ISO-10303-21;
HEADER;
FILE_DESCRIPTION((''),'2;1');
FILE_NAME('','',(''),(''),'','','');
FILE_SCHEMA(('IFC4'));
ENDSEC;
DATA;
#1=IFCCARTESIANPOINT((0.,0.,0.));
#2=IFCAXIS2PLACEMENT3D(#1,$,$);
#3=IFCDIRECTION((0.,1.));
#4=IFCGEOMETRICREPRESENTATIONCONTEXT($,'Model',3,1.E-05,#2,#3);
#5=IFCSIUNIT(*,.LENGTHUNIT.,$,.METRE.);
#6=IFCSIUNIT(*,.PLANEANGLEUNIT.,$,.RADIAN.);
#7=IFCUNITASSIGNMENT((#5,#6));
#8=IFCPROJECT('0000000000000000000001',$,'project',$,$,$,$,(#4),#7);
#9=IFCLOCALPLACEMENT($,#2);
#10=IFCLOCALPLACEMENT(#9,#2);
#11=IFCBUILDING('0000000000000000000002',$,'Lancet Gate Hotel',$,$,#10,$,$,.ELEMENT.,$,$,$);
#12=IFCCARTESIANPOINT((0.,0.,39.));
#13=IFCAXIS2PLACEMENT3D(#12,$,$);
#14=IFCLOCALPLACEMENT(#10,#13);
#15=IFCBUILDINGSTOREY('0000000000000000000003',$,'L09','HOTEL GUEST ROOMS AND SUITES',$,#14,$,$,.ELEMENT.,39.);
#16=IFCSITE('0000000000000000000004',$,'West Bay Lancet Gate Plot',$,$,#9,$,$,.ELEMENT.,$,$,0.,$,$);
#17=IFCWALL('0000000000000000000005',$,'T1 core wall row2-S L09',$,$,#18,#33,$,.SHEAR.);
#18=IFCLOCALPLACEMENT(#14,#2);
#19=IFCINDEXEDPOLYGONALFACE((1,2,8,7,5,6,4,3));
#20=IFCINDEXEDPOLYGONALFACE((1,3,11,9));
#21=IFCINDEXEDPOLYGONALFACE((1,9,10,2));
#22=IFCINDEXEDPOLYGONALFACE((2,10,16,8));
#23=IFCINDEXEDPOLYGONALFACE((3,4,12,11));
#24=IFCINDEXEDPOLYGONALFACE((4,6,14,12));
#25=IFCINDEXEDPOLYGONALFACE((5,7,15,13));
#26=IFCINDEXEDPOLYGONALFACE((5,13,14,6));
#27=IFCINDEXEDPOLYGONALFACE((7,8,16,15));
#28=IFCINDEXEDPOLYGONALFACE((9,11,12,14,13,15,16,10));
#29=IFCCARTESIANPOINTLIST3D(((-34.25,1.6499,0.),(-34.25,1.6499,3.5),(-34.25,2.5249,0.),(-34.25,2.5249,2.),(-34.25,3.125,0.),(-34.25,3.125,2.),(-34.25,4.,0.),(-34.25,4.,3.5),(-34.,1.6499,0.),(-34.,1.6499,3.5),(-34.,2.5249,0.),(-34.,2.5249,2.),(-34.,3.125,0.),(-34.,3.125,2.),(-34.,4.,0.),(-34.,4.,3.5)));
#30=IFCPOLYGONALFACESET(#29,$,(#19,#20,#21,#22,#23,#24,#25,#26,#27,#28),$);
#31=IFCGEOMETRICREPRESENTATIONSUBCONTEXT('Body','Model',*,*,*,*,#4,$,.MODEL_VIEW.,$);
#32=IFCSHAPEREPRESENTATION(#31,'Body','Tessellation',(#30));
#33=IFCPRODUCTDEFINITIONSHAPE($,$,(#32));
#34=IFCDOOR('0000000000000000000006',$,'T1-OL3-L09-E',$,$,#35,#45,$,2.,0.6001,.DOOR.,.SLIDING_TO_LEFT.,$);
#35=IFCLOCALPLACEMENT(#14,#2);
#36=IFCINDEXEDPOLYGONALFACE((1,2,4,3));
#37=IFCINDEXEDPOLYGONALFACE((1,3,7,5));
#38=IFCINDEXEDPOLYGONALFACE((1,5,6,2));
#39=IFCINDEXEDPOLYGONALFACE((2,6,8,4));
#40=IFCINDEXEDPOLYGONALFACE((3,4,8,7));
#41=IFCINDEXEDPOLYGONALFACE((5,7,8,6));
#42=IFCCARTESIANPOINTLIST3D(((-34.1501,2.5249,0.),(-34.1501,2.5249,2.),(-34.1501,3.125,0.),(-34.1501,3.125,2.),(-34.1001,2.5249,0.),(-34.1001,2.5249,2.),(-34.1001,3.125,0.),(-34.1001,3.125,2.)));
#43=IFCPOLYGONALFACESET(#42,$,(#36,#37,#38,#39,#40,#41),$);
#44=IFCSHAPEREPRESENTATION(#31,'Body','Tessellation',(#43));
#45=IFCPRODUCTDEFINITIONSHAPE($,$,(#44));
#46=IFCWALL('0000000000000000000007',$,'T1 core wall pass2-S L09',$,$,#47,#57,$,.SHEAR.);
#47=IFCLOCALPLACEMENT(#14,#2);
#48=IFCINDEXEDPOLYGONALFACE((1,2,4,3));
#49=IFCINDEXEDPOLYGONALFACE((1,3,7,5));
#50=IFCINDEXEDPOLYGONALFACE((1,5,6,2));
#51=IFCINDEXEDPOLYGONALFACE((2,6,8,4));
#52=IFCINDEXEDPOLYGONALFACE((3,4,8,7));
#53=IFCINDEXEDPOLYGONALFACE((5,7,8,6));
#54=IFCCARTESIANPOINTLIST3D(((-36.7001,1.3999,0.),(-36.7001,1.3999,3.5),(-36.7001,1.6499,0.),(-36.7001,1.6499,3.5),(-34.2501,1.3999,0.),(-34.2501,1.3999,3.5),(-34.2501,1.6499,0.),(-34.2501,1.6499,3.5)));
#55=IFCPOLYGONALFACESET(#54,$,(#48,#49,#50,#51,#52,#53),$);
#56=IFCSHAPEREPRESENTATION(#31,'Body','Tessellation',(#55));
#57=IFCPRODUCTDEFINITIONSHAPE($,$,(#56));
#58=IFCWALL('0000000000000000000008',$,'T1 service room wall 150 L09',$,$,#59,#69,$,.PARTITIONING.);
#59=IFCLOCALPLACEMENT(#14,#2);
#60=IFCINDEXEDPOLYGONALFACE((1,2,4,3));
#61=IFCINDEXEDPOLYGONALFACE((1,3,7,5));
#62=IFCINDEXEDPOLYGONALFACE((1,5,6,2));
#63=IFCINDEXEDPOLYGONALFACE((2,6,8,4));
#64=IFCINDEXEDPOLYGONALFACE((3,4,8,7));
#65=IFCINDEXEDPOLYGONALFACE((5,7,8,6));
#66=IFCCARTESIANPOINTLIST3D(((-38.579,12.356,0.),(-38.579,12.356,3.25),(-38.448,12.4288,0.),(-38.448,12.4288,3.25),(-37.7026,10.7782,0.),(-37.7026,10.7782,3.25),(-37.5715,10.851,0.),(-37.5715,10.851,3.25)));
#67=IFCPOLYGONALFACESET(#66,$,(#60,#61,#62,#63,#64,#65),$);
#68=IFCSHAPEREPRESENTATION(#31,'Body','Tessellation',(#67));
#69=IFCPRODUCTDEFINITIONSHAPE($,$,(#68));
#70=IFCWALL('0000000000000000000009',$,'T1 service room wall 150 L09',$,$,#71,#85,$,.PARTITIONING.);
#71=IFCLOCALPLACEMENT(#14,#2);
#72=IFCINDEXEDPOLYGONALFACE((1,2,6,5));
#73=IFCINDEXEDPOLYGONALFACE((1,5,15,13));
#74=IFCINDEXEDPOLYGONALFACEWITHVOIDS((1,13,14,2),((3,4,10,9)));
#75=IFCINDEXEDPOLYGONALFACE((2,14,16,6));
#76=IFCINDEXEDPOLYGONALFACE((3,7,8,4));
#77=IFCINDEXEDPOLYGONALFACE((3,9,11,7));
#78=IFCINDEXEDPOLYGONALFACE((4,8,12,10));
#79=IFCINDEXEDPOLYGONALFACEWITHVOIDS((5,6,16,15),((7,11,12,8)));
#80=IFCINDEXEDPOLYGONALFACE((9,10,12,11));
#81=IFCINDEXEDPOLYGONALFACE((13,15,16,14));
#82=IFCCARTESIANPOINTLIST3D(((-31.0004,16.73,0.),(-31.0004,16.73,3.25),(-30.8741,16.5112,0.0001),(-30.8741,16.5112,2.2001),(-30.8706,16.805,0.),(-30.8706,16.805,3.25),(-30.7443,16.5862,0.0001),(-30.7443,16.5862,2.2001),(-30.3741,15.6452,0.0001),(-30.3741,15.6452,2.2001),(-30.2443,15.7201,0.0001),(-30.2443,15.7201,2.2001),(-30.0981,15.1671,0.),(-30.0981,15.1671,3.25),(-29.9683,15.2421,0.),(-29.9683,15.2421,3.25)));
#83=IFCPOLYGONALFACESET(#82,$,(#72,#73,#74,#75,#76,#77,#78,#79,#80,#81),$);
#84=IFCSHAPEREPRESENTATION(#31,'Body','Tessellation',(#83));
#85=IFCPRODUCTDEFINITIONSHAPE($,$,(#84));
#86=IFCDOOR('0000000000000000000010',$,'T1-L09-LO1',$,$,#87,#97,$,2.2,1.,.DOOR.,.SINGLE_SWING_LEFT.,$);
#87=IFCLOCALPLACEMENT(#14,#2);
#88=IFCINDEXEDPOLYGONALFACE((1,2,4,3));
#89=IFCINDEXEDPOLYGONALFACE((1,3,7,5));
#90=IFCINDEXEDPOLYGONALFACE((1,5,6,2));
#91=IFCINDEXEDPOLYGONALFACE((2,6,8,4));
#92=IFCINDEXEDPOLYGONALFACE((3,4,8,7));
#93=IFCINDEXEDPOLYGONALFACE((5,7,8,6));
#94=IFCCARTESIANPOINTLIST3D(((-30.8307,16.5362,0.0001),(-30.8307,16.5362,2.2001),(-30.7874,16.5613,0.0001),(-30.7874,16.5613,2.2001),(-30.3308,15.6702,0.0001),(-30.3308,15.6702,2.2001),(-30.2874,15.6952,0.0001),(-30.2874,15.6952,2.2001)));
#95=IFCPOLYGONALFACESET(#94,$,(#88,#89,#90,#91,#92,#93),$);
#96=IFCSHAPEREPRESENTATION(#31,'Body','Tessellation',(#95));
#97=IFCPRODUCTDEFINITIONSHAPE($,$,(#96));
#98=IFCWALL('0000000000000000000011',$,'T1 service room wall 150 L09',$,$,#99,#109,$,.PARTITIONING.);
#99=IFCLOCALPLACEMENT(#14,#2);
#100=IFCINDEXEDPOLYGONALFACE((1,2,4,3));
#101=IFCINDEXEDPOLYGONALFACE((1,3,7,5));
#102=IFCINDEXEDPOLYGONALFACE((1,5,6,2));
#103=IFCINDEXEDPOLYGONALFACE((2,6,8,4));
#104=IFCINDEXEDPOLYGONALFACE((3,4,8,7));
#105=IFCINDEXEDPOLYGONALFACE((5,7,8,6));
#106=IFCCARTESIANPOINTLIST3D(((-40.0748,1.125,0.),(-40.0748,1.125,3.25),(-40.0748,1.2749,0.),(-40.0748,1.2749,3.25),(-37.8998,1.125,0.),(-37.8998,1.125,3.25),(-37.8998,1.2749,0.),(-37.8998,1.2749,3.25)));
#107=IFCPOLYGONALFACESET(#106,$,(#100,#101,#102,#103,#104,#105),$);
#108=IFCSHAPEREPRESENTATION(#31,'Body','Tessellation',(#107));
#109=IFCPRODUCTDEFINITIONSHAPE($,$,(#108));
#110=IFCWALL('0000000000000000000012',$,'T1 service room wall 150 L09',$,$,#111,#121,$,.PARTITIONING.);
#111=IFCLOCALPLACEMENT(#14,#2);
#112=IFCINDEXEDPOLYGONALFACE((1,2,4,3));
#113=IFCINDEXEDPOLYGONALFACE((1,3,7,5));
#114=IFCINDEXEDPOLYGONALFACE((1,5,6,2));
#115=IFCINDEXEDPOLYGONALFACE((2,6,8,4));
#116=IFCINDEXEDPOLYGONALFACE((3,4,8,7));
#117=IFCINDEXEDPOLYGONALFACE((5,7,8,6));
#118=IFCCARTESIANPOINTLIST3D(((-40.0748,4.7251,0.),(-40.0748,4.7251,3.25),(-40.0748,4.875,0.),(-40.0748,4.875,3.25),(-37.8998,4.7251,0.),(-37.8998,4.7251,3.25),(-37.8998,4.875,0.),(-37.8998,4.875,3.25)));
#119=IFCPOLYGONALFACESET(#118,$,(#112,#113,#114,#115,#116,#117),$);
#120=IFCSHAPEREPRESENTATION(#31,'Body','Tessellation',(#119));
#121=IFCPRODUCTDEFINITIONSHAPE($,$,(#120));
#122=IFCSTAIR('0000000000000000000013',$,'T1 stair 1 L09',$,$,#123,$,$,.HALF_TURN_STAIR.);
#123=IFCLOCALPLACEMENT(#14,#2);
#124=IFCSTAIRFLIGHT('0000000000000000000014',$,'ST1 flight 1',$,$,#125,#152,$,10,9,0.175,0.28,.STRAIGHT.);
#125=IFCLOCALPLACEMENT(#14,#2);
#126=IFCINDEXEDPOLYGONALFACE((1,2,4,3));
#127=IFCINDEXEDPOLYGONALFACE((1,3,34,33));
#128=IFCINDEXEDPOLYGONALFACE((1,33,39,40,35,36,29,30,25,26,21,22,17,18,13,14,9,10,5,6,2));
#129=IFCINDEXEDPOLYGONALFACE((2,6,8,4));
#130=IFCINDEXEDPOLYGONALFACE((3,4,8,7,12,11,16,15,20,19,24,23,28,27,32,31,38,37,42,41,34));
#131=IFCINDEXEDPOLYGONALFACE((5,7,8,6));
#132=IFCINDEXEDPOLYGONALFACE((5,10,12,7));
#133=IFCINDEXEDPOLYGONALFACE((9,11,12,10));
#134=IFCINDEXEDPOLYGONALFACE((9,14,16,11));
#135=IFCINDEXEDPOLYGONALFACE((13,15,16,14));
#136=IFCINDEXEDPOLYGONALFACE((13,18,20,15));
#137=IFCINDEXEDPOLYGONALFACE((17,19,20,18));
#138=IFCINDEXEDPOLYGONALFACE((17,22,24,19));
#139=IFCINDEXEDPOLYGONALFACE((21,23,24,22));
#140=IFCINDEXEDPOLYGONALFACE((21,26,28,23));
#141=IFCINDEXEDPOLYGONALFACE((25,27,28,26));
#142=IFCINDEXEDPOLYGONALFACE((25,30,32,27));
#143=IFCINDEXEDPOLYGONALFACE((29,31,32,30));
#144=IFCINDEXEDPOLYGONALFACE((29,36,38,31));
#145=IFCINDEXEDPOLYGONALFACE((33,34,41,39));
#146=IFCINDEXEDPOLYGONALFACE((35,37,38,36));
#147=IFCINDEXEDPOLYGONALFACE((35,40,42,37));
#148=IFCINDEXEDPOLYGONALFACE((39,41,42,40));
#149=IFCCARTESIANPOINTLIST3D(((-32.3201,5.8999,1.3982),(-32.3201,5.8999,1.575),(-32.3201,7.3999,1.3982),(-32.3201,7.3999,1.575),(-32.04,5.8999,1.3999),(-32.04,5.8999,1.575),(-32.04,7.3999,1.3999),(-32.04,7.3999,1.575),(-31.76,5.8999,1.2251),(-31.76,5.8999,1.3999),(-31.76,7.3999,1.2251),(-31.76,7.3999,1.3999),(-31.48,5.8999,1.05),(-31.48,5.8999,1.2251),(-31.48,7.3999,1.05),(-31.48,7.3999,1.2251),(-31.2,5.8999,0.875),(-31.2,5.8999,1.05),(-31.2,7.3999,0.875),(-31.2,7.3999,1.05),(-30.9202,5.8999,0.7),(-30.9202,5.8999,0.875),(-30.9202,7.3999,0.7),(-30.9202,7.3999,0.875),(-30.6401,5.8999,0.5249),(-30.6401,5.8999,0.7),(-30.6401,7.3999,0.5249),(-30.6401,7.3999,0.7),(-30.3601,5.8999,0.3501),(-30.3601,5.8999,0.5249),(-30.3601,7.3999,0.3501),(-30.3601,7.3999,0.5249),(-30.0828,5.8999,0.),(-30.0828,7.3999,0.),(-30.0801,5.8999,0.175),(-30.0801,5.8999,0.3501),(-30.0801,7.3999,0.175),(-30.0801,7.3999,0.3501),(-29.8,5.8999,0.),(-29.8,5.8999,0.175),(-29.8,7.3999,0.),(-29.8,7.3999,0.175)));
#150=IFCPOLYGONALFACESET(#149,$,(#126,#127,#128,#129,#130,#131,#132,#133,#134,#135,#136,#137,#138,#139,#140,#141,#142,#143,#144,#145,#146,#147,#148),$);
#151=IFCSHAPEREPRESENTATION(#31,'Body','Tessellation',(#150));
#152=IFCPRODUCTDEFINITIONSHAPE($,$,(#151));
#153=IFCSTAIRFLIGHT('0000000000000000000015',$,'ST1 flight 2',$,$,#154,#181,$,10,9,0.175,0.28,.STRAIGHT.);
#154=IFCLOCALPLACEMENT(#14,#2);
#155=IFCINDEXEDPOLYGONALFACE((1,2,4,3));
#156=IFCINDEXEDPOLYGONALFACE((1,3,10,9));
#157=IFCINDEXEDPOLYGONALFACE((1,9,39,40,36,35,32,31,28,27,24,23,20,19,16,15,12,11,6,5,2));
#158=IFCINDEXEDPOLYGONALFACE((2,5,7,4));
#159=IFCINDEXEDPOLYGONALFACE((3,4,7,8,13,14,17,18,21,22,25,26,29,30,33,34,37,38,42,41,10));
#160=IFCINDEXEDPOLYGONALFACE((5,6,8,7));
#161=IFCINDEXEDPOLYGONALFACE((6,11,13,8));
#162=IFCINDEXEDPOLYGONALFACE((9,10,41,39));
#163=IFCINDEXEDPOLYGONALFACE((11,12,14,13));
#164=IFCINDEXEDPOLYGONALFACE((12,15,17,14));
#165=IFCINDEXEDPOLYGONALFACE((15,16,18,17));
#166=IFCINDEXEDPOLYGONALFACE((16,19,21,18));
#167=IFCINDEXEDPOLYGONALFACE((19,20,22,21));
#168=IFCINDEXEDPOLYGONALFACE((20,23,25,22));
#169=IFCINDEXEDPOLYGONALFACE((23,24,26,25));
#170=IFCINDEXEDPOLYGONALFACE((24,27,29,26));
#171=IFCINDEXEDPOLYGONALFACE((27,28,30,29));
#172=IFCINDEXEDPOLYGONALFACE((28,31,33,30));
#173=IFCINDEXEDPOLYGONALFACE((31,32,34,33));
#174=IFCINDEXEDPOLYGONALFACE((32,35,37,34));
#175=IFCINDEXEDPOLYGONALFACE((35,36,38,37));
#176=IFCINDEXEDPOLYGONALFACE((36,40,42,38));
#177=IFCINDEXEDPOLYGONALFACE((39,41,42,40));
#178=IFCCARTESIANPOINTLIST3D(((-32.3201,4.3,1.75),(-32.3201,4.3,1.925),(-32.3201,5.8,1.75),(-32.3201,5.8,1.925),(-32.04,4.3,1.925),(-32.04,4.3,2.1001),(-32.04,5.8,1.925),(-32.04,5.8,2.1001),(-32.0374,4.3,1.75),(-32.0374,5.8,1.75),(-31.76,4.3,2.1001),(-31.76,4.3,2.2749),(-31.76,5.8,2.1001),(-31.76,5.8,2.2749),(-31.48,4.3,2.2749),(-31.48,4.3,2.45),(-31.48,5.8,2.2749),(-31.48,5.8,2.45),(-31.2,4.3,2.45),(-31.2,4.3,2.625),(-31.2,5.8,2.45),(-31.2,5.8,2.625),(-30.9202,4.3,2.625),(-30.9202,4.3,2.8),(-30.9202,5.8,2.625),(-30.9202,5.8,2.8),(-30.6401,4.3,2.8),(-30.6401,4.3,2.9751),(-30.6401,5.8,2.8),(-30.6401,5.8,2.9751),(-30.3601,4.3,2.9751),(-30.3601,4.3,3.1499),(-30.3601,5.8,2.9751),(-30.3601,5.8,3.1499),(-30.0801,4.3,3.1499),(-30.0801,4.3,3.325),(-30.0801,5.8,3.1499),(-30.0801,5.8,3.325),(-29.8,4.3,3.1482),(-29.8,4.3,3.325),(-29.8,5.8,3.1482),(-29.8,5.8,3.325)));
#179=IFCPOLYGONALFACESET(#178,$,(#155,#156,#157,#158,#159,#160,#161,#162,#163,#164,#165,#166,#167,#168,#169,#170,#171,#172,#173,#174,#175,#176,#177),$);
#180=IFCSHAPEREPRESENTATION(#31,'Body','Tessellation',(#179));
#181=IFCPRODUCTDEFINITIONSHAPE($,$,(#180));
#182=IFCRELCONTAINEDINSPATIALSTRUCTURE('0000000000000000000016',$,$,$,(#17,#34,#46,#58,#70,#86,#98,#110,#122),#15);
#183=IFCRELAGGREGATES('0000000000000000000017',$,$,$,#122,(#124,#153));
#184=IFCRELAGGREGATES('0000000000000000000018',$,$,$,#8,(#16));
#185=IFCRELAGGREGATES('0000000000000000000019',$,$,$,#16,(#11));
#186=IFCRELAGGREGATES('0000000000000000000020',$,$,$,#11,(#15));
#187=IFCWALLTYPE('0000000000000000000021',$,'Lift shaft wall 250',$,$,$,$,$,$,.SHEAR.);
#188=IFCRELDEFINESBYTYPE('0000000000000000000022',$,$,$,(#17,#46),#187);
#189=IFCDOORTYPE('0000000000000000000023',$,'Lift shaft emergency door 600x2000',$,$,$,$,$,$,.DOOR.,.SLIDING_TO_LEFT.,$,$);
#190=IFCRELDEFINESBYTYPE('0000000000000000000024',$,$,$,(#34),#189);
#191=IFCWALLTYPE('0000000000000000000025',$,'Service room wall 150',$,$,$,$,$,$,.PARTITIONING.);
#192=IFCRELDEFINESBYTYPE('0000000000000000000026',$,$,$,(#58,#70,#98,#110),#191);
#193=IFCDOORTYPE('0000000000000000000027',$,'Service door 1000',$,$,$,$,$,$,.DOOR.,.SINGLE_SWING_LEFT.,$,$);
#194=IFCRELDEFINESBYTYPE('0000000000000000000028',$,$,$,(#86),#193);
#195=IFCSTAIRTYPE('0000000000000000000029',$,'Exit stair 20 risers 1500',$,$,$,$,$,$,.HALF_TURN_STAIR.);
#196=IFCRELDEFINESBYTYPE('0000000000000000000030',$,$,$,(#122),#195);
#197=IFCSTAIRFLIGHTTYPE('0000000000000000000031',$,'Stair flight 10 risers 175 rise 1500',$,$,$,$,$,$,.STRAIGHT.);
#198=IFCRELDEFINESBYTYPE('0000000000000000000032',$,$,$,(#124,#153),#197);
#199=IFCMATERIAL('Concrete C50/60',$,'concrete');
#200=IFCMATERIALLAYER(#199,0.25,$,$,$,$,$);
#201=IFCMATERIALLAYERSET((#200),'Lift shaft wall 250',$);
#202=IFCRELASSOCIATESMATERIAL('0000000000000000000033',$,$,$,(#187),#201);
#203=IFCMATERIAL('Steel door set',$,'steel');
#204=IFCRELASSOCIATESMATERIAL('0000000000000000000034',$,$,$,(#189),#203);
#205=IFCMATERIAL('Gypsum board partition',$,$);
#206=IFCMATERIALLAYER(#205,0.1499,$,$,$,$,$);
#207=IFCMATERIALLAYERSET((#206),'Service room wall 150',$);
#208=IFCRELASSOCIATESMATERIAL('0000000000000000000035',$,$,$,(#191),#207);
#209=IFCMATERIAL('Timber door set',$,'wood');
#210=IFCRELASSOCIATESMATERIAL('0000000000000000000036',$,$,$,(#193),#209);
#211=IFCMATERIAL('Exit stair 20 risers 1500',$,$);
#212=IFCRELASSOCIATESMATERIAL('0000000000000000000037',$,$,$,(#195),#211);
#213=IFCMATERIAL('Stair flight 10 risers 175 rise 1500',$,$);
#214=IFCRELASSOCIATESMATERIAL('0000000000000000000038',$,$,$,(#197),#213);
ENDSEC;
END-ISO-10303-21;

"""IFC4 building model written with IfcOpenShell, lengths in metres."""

from ifc_helpers import new_model, si_unit, direction, frame, frame_2d, origin, place, context, subcontext, project, spatial, polyline, rectangle, outline, extrude, material, layer, layer_set, type_object, element, fill, aggregate, save


model = new_model("IFC4")

# Units and contexts
model_context = context("Model", 3, precision=1e-05, world=origin(), true_north=direction((0.0, 1.0)))
body_context = subcontext(model_context, "Body", "Model", "MODEL_VIEW")
ifc_project = project(units=[si_unit("LENGTHUNIT", "METRE"), si_unit("PLANEANGLEUNIT", "RADIAN")], contexts=[model_context])

# Site, building, storey
site_placement = place(None, origin())
site = spatial("IfcSite", under=ifc_project, at=site_placement, Name="West Bay Lancet Gate Plot", CompositionType="ELEMENT", RefElevation=0.0)
building_placement = place(site_placement, origin())
building = spatial("IfcBuilding", under=site, at=building_placement, Name="Lancet Gate Hotel", CompositionType="ELEMENT")
storey_placement = place(building_placement, frame((0.0, 0.0, 39.0)))
storey = spatial("IfcBuildingStorey", under=building, at=storey_placement, Name="L09", Description="HOTEL GUEST ROOMS AND SUITES", CompositionType="ELEMENT", Elevation=39.0)

# Wall, opening, door
ifc_material_1 = material(Name="Concrete C50/60", Category="concrete")
ifc_layer_1 = layer(ifc_material_1, 0.25)
ifc_layer_set_1 = layer_set([ifc_layer_1], Name="Lift shaft wall 250")
wall_type_1 = type_object("IfcWallType", Name="Lift shaft wall 250", PredefinedType="SHEAR", material=ifc_layer_set_1)
wall_1_placement = place(storey_placement, frame((-34.125, 4.0, 0.0), z_axis=(0.0, 0.0, 1.0), x_axis=(0.0, -1.0, 0.0)))
wall_1 = element("IfcWall", 1, at=wall_1_placement, inside=storey, type_object=wall_type_1, Name="T1 core wall row2-S L09", PredefinedType="SHEAR", context=body_context, shape_type="SweptSolid", body=[
    extrude(rectangle(XDim=2.3501, YDim=0.25, at=frame_2d((1.175, 0.0))), origin(), (0.0, 0.0, 1.0), 3.5),
])
opening_1_placement = place(wall_1_placement, frame((0.875, 0.0, 0.0)))
opening_1 = element("IfcOpeningElement", 2, at=opening_1_placement, cuts=wall_1, PredefinedType="OPENING", context=body_context, shape_type="SweptSolid", body=[
    extrude(rectangle(XDim=0.6001, YDim=2.0, at=frame_2d((0.3, 1.0))), frame((0.0, 0.135, 0.0), z_axis=(0.0, -1.0, 0.0), x_axis=(1.0, 0.0, 0.0)), (0.0, 0.0, 1.0), 0.27),
])
ifc_material_2 = material(Name="Steel door set", Category="steel")
door_type_1 = type_object("IfcDoorType", Name="Lift shaft emergency door 600x2000", OperationType="SLIDING_TO_LEFT", PredefinedType="DOOR", material=ifc_material_2)
door_1_placement = place(opening_1_placement, origin())
door_1 = element("IfcDoor", 3, at=door_1_placement, inside=storey, type_object=door_type_1, Name="T1-OL3-L09-E", OperationType="SLIDING_TO_LEFT", OverallHeight=2.0, OverallWidth=0.6001, PredefinedType="DOOR", context=body_context, shape_type="SweptSolid", body=[
    extrude(rectangle(XDim=0.6001, YDim=2.0, at=frame_2d((0.3, 1.0))), frame((0.0, 0.0249, 0.0), z_axis=(0.0, -1.0, 0.0), x_axis=(1.0, 0.0, 0.0)), (0.0, 0.0, 1.0), 0.05),
])
fill(opening_1, door_1)

# Walls
wall_2_placement = place(storey_placement, frame((-34.25, 1.5249, 0.0), z_axis=(0.0, 0.0, 1.0), x_axis=(-1.0, 0.0, 0.0)))
element("IfcWall", 4, at=wall_2_placement, inside=storey, type_object=wall_type_1, Name="T1 core wall pass2-S L09", PredefinedType="SHEAR", context=body_context, shape_type="SweptSolid", body=[
    extrude(rectangle(XDim=2.45, YDim=0.25, at=frame_2d((1.2251, 0.0))), origin(), (0.0, 0.0, 1.0), 3.5),
])
ifc_material_3 = material(Name="Gypsum board partition")
ifc_layer_2 = layer(ifc_material_3, 0.1499)
ifc_layer_set_2 = layer_set([ifc_layer_2], Name="Service room wall 150")
wall_type_2 = type_object("IfcWallType", Name="Service room wall 150", PredefinedType="PARTITIONING", material=ifc_layer_set_2)
wall_3_placement = place(storey_placement, frame((-38.5134, 12.3923, 0.0), z_axis=(0.0, 0.0, 1.0), x_axis=(0.485586, -0.874189, 0.0)))
element("IfcWall", 5, at=wall_3_placement, inside=storey, type_object=wall_type_2, Name="T1 service room wall 150 L09", PredefinedType="PARTITIONING", context=body_context, shape_type="SweptSolid", body=[
    extrude(rectangle(XDim=1.8049, YDim=0.1499, at=frame_2d((0.9023, 0.0))), origin(), (0.0, 0.0, 1.0), 3.25),
])

# Wall, opening, door
wall_4_placement = place(storey_placement, frame((-30.0332, 15.2046, 0.0), z_axis=(0.0, 0.0, 1.0), x_axis=(-0.49998, 0.866037, 0.0)))
wall_4 = element("IfcWall", 6, at=wall_4_placement, inside=storey, type_object=wall_type_2, Name="T1 service room wall 150 L09", PredefinedType="PARTITIONING", context=body_context, shape_type="SweptSolid", body=[
    extrude(rectangle(XDim=1.8047, YDim=0.1499, at=frame_2d((0.9023, 0.0))), origin(), (0.0, 0.0, 1.0), 3.25),
])
opening_2_placement = place(wall_4_placement, frame((0.552, 0.0, 0.0)))
opening_2 = element("IfcOpeningElement", 7, at=opening_2_placement, cuts=wall_4, PredefinedType="OPENING", context=body_context, shape_type="SweptSolid", body=[
    extrude(rectangle(XDim=1.0, YDim=2.2, at=frame_2d((0.5, 1.1001))), frame((0.0, 0.085, 0.0), z_axis=(0.0, -1.0, 0.0), x_axis=(1.0, 0.0, 0.0)), (0.0, 0.0, 1.0), 0.1699),
])
ifc_material_4 = material(Name="Timber door set", Category="wood")
door_type_2 = type_object("IfcDoorType", Name="Service door 1000", OperationType="SINGLE_SWING_LEFT", PredefinedType="DOOR", material=ifc_material_4)
door_2_placement = place(opening_2_placement, origin())
door_2 = element("IfcDoor", 8, at=door_2_placement, inside=storey, type_object=door_type_2, Name="T1-L09-LO1", OperationType="SINGLE_SWING_LEFT", OverallHeight=2.2, OverallWidth=1.0, PredefinedType="DOOR", context=body_context, shape_type="SweptSolid", body=[
    extrude(rectangle(XDim=1.0, YDim=2.2, at=frame_2d((0.5, 1.1001))), frame((0.0, 0.0249, 0.0), z_axis=(0.0, -1.0, 0.0), x_axis=(1.0, 0.0, 0.0)), (0.0, 0.0, 1.0), 0.05),
])
fill(opening_2, door_2)

# Walls
for number, where, z_axis, x_axis, name in (
    (9, (-37.8999, 1.2, 0.0), (0.0, 0.0, 1.0), (-1.0, 0.0, 0.0), "T1 service room wall 150 L09"),
    (10, (-37.8999, 4.8, 0.0), (0.0, 0.0, 1.0), (-1.0, 0.0, 0.0), "T1 service room wall 150 L09"),
):
    element("IfcWall", number, at=place(storey_placement, frame(where, z_axis=z_axis, x_axis=x_axis)), inside=storey, type_object=wall_type_2, Name=name, PredefinedType="PARTITIONING", context=body_context, shape_type="SweptSolid", body=[
        extrude(rectangle(XDim=2.175, YDim=0.1499, at=frame_2d((1.0874, 0.0))), origin(), (0.0, 0.0, 1.0), 3.25),
    ])

# Stair, stair flights
ifc_material_5 = material(Name="Exit stair 20 risers 1500")
stair_type = type_object("IfcStairType", Name="Exit stair 20 risers 1500", PredefinedType="HALF_TURN_STAIR", material=ifc_material_5)
stair_placement = place(storey_placement, origin())
stair = element("IfcStair", 11, at=stair_placement, inside=storey, type_object=stair_type, Name="T1 stair 1 L09", PredefinedType="HALF_TURN_STAIR")
ifc_material_6 = material(Name="Stair flight 10 risers 175 rise 1500")
stair_flight_type = type_object("IfcStairFlightType", Name="Stair flight 10 risers 175 rise 1500", PredefinedType="STRAIGHT", material=ifc_material_6)
stair_flight_1_placement = place(storey_placement, frame((-29.8, 6.6499, 0.0), z_axis=(0.0, 0.0, 1.0), x_axis=(-1.0, 0.0, 0.0)))
stair_flight_1 = element("IfcStairFlight", 12, at=stair_flight_1_placement, type_object=stair_flight_type, Name="ST1 flight 1", NumberOfRisers=10, NumberOfTreads=9, PredefinedType="STRAIGHT", RiserHeight=0.175, TreadLength=0.28, context=body_context, shape_type="SweptSolid", body=[
    extrude(outline(polyline([(0.0, 0.0), (0.0, 0.175), (0.28, 0.175), (0.28, 0.3501), (0.5601, 0.3501), (0.5601, 0.5249), (0.8401, 0.5249), (0.8401, 0.7), (1.1201, 0.7), (1.1201, 0.875), (1.3999, 0.875), (1.3999, 1.05), (1.6799, 1.05), (1.6799, 1.2251), (1.96, 1.2251), (1.96, 1.3999), (2.24, 1.3999), (2.24, 1.575), (2.52, 1.575), (2.52, 1.75), (2.52, 1.3982), (0.2827, 0.0), (0.0, 0.0)])), frame((0.0, 0.75, 0.0), z_axis=(0.0, -1.0, 0.0), x_axis=(1.0, 0.0, 0.0)), (0.0, 0.0, 1.0), 1.5),
])
stair_flight_2_placement = place(storey_placement, frame((-32.3201, 5.05, 1.75), z_axis=(0.0, 0.0, 1.0), x_axis=(1.0, 0.0, 0.0)))
stair_flight_2 = element("IfcStairFlight", 13, at=stair_flight_2_placement, type_object=stair_flight_type, Name="ST1 flight 2", NumberOfRisers=10, NumberOfTreads=9, PredefinedType="STRAIGHT", RiserHeight=0.175, TreadLength=0.28, context=body_context, shape_type="SweptSolid", body=[
    extrude(outline(polyline([(0.0, 0.0), (0.0, 0.175), (0.28, 0.175), (0.28, 0.3501), (0.5601, 0.3501), (0.5601, 0.5249), (0.8401, 0.5249), (0.8401, 0.7), (1.1201, 0.7), (1.1201, 0.875), (1.3999, 0.875), (1.3999, 1.05), (1.6799, 1.05), (1.6799, 1.2251), (1.96, 1.2251), (1.96, 1.3999), (2.24, 1.3999), (2.24, 1.575), (2.52, 1.575), (2.52, 1.75), (2.52, 1.3982), (0.2827, 0.0), (0.0, 0.0)])), frame((0.0, 0.75, 0.0), z_axis=(0.0, -1.0, 0.0), x_axis=(1.0, 0.0, 0.0)), (0.0, 0.0, 1.0), 1.5),
])
aggregate(stair, [stair_flight_1, stair_flight_2])

save(model, "model.ifc")
